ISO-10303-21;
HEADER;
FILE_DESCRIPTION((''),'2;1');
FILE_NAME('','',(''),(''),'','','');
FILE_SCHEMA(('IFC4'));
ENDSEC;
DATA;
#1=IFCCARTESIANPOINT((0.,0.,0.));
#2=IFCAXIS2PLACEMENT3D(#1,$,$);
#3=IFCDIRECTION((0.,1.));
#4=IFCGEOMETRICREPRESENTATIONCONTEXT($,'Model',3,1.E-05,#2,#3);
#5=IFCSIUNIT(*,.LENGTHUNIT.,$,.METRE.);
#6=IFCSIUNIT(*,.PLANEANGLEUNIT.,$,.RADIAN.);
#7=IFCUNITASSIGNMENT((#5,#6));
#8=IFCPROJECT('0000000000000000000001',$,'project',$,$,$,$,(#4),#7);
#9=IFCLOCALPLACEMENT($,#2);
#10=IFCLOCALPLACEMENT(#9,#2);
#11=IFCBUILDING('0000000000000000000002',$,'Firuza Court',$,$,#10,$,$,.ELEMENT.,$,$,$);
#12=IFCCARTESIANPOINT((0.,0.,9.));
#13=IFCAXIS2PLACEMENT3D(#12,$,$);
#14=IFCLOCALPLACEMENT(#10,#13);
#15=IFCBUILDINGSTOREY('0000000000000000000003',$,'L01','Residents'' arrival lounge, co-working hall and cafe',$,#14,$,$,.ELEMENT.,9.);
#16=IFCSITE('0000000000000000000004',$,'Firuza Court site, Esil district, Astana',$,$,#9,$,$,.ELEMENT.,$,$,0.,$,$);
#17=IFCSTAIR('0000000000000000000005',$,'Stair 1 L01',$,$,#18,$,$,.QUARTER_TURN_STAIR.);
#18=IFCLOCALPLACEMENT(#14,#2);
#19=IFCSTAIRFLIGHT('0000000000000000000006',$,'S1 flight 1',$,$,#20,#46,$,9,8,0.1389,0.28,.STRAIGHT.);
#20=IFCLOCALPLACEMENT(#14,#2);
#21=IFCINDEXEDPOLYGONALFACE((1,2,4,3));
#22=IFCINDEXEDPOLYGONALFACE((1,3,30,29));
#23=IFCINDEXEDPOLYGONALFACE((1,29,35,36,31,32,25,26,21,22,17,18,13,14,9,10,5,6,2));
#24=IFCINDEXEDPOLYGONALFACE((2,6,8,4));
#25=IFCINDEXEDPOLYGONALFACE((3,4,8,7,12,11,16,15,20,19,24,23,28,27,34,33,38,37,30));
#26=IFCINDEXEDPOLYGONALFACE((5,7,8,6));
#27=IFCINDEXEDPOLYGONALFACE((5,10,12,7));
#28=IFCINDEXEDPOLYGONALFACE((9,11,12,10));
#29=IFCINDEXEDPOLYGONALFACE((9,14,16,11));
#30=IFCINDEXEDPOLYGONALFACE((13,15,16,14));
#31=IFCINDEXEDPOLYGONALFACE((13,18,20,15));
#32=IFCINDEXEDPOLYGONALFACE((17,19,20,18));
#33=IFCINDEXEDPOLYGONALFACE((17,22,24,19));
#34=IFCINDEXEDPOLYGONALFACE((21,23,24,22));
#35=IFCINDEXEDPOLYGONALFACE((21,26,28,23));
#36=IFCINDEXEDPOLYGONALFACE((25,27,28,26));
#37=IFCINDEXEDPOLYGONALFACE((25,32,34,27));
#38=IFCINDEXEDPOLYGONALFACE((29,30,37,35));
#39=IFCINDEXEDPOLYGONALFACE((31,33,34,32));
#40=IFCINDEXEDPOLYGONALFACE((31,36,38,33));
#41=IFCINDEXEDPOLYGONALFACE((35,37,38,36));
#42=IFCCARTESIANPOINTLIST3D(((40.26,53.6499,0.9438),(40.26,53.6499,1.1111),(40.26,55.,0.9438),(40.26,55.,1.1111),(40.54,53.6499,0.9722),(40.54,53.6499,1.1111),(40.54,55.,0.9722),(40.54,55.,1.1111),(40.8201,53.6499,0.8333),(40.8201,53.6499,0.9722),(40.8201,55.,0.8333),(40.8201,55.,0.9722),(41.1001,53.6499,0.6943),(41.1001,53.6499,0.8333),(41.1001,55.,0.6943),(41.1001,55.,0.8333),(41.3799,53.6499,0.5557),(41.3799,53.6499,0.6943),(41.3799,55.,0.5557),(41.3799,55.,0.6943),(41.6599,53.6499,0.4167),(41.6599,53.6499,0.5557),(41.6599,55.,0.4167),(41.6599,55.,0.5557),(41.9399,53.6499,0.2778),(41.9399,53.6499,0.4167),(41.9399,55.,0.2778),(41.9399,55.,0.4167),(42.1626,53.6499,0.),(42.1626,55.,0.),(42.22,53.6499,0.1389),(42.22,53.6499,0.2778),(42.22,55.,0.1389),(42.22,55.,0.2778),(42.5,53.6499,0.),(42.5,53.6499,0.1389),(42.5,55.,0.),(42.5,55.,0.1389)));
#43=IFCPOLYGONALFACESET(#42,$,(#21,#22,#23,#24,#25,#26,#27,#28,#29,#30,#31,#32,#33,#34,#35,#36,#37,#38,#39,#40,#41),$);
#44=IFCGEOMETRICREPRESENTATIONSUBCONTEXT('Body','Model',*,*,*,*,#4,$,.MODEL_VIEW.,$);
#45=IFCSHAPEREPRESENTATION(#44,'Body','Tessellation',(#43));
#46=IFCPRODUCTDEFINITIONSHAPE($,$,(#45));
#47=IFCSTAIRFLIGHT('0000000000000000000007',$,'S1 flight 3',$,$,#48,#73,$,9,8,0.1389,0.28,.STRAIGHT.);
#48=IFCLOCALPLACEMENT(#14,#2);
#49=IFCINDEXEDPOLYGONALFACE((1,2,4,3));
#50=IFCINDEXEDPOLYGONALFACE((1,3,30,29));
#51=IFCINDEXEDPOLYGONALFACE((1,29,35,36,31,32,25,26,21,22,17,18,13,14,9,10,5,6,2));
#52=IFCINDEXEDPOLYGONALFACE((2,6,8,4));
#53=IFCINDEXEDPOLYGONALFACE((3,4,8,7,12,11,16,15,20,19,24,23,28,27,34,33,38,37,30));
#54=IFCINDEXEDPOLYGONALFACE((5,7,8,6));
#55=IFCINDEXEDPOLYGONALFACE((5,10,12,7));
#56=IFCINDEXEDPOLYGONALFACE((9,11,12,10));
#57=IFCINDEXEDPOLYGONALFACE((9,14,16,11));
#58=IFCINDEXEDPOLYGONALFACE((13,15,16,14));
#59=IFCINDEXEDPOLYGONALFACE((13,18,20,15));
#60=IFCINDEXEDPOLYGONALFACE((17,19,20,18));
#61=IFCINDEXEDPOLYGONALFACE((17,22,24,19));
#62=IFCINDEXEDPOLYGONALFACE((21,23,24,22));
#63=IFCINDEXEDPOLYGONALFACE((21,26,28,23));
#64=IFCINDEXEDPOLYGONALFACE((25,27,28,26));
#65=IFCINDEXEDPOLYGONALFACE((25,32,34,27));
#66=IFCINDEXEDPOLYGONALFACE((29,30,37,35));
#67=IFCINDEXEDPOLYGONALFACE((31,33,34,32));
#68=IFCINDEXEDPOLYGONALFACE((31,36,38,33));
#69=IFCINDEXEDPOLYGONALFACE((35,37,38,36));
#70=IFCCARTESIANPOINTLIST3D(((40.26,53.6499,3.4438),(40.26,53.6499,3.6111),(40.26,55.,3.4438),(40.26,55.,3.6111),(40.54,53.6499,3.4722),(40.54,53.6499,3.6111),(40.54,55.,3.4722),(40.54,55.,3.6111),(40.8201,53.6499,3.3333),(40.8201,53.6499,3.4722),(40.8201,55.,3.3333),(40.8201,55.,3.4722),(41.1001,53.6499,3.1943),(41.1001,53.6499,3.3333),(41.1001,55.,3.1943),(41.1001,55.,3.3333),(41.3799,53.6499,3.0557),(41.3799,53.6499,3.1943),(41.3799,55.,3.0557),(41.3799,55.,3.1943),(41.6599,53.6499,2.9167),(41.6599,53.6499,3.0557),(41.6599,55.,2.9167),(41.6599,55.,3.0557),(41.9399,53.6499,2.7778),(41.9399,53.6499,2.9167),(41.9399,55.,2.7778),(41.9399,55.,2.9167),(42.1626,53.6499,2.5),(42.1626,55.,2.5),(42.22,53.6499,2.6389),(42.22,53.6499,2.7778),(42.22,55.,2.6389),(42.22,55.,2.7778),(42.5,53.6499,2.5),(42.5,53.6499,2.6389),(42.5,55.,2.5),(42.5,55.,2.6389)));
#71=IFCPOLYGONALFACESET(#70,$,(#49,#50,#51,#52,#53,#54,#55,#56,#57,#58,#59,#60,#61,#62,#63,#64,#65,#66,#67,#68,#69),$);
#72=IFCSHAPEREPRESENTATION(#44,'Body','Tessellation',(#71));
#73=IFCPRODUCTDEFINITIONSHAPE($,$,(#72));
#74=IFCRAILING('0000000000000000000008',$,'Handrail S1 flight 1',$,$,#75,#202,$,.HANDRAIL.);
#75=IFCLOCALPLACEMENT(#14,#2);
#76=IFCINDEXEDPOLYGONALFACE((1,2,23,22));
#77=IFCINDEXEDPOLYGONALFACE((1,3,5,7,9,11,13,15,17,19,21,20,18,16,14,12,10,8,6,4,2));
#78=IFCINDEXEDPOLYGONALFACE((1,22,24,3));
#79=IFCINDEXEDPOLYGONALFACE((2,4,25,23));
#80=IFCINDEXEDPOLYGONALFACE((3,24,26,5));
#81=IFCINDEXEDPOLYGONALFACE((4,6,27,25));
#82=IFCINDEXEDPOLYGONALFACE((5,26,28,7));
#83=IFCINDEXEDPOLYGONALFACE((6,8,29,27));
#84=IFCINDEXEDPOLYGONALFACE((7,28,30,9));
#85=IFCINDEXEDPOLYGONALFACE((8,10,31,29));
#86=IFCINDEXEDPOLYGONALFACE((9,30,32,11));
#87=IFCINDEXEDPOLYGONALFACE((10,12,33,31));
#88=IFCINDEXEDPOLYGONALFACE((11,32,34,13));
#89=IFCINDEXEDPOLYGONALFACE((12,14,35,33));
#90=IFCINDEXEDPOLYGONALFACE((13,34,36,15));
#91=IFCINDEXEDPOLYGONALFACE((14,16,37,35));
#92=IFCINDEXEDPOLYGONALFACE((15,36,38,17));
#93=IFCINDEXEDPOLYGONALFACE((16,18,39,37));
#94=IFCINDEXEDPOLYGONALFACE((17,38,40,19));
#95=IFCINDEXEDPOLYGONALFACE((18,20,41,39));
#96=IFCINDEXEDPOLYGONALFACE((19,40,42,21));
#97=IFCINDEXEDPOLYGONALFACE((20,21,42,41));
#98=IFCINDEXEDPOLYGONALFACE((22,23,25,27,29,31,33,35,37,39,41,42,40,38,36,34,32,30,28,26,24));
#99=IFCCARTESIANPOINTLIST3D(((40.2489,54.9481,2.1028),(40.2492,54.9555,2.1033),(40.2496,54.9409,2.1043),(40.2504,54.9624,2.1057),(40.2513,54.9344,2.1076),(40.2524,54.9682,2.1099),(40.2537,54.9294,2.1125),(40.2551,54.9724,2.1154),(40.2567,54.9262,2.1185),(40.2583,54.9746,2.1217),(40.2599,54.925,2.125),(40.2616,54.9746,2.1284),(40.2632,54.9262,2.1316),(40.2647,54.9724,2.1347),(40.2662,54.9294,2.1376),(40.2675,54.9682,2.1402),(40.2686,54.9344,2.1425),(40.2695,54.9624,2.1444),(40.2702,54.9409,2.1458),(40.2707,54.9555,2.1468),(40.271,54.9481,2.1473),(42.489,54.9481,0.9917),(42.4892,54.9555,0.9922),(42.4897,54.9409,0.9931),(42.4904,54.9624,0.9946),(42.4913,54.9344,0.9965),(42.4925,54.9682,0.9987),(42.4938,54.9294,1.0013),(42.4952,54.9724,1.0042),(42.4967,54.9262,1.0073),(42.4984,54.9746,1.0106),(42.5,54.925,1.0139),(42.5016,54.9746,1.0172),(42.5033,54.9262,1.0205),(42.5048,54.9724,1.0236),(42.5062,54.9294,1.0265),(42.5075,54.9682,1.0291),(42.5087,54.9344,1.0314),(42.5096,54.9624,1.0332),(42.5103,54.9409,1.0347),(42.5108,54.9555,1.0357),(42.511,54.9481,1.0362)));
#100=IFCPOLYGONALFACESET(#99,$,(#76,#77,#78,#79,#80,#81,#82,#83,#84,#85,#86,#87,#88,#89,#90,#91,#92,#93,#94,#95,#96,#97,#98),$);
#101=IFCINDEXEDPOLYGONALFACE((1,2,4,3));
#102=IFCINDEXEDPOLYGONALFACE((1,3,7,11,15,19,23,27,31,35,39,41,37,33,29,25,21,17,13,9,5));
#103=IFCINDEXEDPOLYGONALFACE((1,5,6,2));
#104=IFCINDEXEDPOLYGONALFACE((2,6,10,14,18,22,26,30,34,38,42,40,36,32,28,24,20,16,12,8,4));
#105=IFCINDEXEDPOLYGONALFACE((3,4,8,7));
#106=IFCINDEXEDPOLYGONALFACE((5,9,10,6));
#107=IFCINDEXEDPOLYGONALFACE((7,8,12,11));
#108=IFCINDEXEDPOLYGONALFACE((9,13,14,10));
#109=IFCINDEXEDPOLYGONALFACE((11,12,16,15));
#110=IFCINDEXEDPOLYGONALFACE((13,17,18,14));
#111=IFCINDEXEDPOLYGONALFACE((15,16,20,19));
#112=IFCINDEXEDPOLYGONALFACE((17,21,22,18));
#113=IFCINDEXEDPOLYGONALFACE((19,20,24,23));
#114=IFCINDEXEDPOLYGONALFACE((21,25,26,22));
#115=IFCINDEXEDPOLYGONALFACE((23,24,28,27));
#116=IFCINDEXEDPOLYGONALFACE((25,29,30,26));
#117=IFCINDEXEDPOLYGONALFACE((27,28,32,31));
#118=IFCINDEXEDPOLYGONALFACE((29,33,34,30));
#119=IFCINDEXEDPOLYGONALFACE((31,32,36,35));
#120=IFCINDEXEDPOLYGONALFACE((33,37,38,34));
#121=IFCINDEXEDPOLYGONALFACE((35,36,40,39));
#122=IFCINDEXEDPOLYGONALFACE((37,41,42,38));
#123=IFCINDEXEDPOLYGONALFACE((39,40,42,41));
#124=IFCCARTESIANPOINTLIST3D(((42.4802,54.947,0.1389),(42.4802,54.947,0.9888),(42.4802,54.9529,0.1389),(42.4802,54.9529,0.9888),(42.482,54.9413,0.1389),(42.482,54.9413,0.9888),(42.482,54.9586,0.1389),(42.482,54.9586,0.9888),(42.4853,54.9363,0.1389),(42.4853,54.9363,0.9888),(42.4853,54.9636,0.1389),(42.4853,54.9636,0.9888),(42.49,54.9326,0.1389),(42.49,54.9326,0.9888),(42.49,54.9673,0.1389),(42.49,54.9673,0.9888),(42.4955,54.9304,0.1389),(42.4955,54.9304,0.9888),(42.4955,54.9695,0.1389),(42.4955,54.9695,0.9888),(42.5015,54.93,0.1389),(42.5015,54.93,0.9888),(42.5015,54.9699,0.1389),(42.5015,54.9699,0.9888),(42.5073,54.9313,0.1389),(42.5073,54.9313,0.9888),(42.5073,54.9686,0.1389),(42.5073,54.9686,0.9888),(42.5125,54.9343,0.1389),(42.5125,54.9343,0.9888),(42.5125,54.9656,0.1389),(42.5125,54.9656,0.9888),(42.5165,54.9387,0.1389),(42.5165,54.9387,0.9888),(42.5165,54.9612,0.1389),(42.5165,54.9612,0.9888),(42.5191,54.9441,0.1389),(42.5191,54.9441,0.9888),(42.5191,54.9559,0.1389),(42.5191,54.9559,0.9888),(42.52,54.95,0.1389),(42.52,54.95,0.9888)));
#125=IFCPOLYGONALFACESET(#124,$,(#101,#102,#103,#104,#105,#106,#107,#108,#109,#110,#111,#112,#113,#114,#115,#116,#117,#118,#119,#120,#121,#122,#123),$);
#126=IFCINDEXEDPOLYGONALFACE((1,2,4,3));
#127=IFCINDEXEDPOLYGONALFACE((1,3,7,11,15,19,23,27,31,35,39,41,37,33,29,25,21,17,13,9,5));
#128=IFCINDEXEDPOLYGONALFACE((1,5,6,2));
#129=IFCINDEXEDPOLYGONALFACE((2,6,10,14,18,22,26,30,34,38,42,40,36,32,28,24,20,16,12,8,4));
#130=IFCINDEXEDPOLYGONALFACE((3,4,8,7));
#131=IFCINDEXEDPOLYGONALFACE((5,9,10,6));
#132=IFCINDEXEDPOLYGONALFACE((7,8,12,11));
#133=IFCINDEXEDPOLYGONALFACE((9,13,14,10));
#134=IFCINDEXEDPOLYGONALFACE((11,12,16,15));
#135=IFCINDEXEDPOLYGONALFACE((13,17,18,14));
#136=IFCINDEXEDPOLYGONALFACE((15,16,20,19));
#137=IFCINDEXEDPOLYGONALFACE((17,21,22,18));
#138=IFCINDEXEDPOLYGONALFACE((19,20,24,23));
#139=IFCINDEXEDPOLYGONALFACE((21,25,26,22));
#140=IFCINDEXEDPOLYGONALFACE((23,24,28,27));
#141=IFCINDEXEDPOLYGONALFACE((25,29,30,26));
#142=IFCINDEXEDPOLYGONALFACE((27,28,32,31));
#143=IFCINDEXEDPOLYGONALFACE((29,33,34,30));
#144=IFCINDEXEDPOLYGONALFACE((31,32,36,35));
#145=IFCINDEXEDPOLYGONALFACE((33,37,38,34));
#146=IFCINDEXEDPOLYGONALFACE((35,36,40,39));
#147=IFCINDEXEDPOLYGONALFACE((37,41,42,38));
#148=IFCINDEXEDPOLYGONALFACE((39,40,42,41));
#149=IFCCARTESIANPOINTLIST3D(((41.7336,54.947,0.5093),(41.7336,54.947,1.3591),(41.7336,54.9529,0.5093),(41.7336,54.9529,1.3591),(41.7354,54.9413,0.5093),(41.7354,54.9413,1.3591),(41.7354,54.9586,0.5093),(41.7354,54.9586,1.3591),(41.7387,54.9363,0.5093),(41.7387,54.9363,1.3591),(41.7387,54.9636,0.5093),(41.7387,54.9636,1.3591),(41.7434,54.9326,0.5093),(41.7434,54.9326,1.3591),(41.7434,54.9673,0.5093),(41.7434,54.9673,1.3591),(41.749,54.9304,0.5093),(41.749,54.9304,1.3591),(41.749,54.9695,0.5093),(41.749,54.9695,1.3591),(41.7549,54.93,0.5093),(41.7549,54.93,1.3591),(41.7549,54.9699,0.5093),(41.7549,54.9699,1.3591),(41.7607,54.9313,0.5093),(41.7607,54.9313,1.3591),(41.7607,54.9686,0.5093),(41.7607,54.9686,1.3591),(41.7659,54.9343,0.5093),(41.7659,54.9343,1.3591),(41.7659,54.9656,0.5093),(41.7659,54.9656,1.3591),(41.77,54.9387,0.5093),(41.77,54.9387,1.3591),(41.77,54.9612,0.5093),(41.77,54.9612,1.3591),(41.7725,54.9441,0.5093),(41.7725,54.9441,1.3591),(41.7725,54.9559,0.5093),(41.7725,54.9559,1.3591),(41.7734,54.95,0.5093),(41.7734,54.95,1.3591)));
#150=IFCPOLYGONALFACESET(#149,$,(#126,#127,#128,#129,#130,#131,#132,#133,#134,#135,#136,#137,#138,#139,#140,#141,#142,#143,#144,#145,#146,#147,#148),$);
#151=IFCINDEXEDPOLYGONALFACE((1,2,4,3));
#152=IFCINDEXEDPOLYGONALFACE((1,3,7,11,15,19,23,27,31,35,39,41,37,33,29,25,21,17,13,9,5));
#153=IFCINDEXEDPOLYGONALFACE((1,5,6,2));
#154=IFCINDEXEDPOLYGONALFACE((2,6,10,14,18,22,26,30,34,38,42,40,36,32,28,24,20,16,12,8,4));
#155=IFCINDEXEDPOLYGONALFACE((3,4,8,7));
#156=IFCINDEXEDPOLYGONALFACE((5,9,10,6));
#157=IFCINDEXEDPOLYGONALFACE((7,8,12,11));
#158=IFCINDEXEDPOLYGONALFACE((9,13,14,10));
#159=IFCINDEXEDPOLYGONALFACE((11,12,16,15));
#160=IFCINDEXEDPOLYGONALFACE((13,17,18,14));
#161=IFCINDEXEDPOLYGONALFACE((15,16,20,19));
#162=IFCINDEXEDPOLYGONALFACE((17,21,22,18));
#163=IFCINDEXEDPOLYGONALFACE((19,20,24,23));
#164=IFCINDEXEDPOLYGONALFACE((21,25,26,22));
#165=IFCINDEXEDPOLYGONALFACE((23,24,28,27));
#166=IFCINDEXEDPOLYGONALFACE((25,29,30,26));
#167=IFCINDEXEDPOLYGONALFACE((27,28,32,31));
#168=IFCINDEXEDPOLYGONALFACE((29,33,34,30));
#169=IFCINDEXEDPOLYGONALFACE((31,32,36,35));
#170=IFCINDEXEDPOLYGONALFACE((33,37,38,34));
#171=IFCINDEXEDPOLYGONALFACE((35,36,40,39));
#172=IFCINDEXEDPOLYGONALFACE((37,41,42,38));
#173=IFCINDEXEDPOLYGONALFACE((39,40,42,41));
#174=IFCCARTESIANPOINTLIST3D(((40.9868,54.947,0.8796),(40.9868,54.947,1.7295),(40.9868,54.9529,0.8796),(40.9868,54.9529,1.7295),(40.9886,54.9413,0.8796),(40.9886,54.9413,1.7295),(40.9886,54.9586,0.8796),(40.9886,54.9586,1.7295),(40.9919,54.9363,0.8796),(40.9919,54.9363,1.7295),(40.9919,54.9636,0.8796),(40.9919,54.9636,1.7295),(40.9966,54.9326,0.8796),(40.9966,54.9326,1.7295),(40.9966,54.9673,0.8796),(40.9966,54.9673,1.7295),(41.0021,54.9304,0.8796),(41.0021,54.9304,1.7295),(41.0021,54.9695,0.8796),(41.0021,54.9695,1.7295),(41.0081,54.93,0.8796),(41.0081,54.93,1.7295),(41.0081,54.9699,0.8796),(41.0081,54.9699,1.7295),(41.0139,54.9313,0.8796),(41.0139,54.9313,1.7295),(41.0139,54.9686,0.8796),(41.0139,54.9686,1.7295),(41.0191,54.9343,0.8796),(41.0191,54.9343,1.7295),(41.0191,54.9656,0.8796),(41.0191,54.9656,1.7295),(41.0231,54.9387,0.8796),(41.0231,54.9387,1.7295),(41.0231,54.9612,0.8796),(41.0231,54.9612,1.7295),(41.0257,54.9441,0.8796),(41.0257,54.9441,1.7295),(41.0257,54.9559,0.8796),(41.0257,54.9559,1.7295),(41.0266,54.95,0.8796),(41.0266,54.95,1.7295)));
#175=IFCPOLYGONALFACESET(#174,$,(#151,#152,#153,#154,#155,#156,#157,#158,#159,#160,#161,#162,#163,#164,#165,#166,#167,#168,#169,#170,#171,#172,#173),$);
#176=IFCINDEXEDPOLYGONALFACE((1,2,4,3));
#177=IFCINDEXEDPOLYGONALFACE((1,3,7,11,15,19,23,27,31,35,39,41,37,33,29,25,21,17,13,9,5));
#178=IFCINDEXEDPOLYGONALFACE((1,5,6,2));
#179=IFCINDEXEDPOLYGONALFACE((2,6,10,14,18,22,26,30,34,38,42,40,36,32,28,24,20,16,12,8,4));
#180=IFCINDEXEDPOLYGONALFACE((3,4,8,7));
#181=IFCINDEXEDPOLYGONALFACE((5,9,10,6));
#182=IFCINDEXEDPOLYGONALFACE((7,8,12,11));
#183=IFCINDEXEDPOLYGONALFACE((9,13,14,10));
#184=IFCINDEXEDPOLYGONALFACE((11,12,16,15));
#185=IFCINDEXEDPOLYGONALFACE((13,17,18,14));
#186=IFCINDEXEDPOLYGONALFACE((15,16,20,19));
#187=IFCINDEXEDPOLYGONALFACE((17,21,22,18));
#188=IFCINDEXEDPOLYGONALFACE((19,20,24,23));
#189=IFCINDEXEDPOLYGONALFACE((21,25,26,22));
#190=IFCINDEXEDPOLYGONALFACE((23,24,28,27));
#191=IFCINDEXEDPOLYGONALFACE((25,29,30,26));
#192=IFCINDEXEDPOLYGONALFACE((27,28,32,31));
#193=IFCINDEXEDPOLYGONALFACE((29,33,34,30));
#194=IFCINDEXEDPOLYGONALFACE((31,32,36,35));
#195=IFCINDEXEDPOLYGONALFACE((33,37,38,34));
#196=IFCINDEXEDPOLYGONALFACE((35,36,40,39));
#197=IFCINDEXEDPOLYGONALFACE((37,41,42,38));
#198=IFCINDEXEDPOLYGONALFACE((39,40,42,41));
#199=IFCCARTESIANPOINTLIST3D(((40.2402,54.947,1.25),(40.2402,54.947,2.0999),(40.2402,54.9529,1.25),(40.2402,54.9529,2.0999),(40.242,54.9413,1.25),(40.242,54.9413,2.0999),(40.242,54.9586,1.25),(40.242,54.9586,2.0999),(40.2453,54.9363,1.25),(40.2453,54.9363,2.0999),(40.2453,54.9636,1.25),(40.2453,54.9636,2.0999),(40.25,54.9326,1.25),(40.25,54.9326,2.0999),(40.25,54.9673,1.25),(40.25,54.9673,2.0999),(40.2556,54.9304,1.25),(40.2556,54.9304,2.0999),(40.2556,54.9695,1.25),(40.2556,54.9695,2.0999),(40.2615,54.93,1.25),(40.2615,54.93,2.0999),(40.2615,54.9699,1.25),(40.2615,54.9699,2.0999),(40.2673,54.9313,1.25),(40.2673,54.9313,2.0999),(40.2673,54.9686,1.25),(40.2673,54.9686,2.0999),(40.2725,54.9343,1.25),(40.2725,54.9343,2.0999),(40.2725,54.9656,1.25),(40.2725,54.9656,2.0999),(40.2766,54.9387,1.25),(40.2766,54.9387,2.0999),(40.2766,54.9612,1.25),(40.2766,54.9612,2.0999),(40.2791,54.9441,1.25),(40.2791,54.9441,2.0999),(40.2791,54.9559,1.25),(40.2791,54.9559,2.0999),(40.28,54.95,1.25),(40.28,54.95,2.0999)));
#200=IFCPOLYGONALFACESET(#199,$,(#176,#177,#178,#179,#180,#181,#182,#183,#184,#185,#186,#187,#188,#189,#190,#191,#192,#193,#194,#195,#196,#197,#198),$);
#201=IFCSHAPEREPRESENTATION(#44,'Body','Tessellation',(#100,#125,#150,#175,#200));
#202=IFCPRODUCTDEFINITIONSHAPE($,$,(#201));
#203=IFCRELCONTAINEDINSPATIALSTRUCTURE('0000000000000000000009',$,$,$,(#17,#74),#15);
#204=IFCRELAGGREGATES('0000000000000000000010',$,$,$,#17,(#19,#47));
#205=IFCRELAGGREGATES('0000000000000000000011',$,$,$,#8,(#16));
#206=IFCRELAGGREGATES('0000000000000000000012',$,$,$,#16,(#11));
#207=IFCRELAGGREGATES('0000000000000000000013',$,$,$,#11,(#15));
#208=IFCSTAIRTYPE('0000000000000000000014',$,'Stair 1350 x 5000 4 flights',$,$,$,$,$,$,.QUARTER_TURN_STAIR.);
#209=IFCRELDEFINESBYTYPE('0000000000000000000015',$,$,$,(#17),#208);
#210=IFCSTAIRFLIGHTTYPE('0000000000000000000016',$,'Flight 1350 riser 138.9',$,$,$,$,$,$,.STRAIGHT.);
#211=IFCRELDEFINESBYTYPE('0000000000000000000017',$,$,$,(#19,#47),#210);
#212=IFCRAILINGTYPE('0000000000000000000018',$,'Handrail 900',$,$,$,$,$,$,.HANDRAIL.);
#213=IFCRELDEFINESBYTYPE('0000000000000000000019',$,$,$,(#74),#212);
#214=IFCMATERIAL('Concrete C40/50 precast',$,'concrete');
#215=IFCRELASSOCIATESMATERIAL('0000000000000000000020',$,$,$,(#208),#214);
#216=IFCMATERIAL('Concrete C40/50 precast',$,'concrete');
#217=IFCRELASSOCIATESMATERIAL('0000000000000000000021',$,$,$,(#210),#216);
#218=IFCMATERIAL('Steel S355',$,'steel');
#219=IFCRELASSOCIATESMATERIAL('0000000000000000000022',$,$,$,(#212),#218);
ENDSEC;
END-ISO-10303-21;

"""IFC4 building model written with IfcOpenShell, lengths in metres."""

from ifc_helpers import new_model, si_unit, direction, frame, origin, origin_2d, place, context, subcontext, project, spatial, polyline, circle, outline, extrude, material, type_object, element, aggregate, save


model = new_model("IFC4")

# Units and contexts
model_context = context("Model", 3, precision=1e-05, world=origin(), true_north=direction((0.0, 1.0)))
body_context = subcontext(model_context, "Body", "Model", "MODEL_VIEW")
ifc_project = project(units=[si_unit("LENGTHUNIT", "METRE"), si_unit("PLANEANGLEUNIT", "RADIAN")], contexts=[model_context])

# Site, building, storey
site_placement = place(None, origin())
site = spatial("IfcSite", under=ifc_project, at=site_placement, Name="Firuza Court site, Esil district, Astana", CompositionType="ELEMENT", RefElevation=0.0)
building_placement = place(site_placement, origin())
building = spatial("IfcBuilding", under=site, at=building_placement, Name="Firuza Court", CompositionType="ELEMENT")
storey_placement = place(building_placement, frame((0.0, 0.0, 9.0)))
storey = spatial("IfcBuildingStorey", under=building, at=storey_placement, Name="L01", Description="Residents' arrival lounge, co-working hall and cafe", CompositionType="ELEMENT", Elevation=9.0)

# Stair, stair flights
ifc_material_1 = material(Name="Concrete C40/50 precast", Category="concrete")
stair_type = type_object("IfcStairType", Name="Stair 1350 x 5000 4 flights", PredefinedType="QUARTER_TURN_STAIR", material=ifc_material_1)
stair_placement = place(storey_placement, origin())
stair = element("IfcStair", 1, at=stair_placement, inside=storey, type_object=stair_type, Name="Stair 1 L01", PredefinedType="QUARTER_TURN_STAIR")
ifc_material_2 = material(Name="Concrete C40/50 precast", Category="concrete")
stair_flight_type = type_object("IfcStairFlightType", Name="Flight 1350 riser 138.9", PredefinedType="STRAIGHT", material=ifc_material_2)
stair_flight_1_placement = place(storey_placement, frame((42.5, 54.325, 0.0), z_axis=(0.0, 0.0, 1.0), x_axis=(-1.0, 0.0, 0.0)))
stair_flight_1 = element("IfcStairFlight", 2, at=stair_flight_1_placement, type_object=stair_flight_type, Name="S1 flight 1", NumberOfRisers=9, NumberOfTreads=8, PredefinedType="STRAIGHT", RiserHeight=0.1389, TreadLength=0.28, context=body_context, shape_type="SweptSolid", body=[
    extrude(outline(polyline([(0.0, 0.0), (0.0, 0.1389), (0.28, 0.1389), (0.28, 0.2778), (0.5601, 0.2778), (0.5601, 0.4167), (0.8401, 0.4167), (0.8401, 0.5557), (1.1201, 0.5557), (1.1201, 0.6943), (1.3999, 0.6943), (1.3999, 0.8333), (1.6799, 0.8333), (1.6799, 0.9722), (1.96, 0.9722), (1.96, 1.1111), (2.24, 1.1111), (2.24, 1.25), (2.24, 0.9438), (0.3374, 0.0), (0.0, 0.0)])), frame((0.0, 0.675, 0.0), z_axis=(0.0, -1.0, 0.0), x_axis=(1.0, 0.0, 0.0)), (0.0, 0.0, 1.0), 1.3501),
])
stair_flight_2_placement = place(storey_placement, frame((42.5, 54.325, 2.5), z_axis=(0.0, 0.0, 1.0), x_axis=(-1.0, 0.0, 0.0)))
stair_flight_2 = element("IfcStairFlight", 3, at=stair_flight_2_placement, type_object=stair_flight_type, Name="S1 flight 3", NumberOfRisers=9, NumberOfTreads=8, PredefinedType="STRAIGHT", RiserHeight=0.1389, TreadLength=0.28, context=body_context, shape_type="SweptSolid", body=[
    extrude(outline(polyline([(0.0, 0.0), (0.0, 0.1389), (0.28, 0.1389), (0.28, 0.2778), (0.5601, 0.2778), (0.5601, 0.4167), (0.8401, 0.4167), (0.8401, 0.5557), (1.1201, 0.5557), (1.1201, 0.6943), (1.3999, 0.6943), (1.3999, 0.8333), (1.6799, 0.8333), (1.6799, 0.9722), (1.96, 0.9722), (1.96, 1.1111), (2.24, 1.1111), (2.24, 1.25), (2.24, 0.9438), (0.3374, 0.0), (0.0, 0.0)])), frame((0.0, 0.675, 0.0), z_axis=(0.0, -1.0, 0.0), x_axis=(1.0, 0.0, 0.0)), (0.0, 0.0, 1.0), 1.3501),
])
aggregate(stair, [stair_flight_1, stair_flight_2])

# Railing
ifc_material_3 = material(Name="Steel S355", Category="steel")
railing_type_1 = type_object("IfcRailingType", Name="Handrail 900", PredefinedType="HANDRAIL", material=ifc_material_3)
for number, where, name in (
    (4, (42.5, 54.95, 0.1389), "Handrail S1 flight 1"),
):
    element("IfcRailing", number, at=place(storey_placement, frame(where)), inside=storey, type_object=railing_type_1, Name=name, PredefinedType="HANDRAIL", context=body_context, shape_type="SweptSolid", body=[
        extrude(circle(Radius=0.0249, at=origin_2d()), frame((0.0, 0.0, 0.875), z_axis=(-0.895848, 0.0, 0.44436), x_axis=(0.0, -1.0, 0.0)), (0.0, 0.0, 1.0), 2.5005),
        extrude(circle(Radius=0.02, at=origin_2d()), origin(), (0.0, 0.0, 1.0), 0.8499),
        extrude(circle(Radius=0.02, at=origin_2d()), frame((-0.7466, 0.0, 0.3704)), (0.0, 0.0, 1.0), 0.8499),
        extrude(circle(Radius=0.02, at=origin_2d()), frame((-1.4934, 0.0, 0.7407)), (0.0, 0.0, 1.0), 0.8499),
        extrude(circle(Radius=0.02, at=origin_2d()), frame((-2.24, 0.0, 1.1111)), (0.0, 0.0, 1.0), 0.8499),
    ])

save(model, "model.ifc")
